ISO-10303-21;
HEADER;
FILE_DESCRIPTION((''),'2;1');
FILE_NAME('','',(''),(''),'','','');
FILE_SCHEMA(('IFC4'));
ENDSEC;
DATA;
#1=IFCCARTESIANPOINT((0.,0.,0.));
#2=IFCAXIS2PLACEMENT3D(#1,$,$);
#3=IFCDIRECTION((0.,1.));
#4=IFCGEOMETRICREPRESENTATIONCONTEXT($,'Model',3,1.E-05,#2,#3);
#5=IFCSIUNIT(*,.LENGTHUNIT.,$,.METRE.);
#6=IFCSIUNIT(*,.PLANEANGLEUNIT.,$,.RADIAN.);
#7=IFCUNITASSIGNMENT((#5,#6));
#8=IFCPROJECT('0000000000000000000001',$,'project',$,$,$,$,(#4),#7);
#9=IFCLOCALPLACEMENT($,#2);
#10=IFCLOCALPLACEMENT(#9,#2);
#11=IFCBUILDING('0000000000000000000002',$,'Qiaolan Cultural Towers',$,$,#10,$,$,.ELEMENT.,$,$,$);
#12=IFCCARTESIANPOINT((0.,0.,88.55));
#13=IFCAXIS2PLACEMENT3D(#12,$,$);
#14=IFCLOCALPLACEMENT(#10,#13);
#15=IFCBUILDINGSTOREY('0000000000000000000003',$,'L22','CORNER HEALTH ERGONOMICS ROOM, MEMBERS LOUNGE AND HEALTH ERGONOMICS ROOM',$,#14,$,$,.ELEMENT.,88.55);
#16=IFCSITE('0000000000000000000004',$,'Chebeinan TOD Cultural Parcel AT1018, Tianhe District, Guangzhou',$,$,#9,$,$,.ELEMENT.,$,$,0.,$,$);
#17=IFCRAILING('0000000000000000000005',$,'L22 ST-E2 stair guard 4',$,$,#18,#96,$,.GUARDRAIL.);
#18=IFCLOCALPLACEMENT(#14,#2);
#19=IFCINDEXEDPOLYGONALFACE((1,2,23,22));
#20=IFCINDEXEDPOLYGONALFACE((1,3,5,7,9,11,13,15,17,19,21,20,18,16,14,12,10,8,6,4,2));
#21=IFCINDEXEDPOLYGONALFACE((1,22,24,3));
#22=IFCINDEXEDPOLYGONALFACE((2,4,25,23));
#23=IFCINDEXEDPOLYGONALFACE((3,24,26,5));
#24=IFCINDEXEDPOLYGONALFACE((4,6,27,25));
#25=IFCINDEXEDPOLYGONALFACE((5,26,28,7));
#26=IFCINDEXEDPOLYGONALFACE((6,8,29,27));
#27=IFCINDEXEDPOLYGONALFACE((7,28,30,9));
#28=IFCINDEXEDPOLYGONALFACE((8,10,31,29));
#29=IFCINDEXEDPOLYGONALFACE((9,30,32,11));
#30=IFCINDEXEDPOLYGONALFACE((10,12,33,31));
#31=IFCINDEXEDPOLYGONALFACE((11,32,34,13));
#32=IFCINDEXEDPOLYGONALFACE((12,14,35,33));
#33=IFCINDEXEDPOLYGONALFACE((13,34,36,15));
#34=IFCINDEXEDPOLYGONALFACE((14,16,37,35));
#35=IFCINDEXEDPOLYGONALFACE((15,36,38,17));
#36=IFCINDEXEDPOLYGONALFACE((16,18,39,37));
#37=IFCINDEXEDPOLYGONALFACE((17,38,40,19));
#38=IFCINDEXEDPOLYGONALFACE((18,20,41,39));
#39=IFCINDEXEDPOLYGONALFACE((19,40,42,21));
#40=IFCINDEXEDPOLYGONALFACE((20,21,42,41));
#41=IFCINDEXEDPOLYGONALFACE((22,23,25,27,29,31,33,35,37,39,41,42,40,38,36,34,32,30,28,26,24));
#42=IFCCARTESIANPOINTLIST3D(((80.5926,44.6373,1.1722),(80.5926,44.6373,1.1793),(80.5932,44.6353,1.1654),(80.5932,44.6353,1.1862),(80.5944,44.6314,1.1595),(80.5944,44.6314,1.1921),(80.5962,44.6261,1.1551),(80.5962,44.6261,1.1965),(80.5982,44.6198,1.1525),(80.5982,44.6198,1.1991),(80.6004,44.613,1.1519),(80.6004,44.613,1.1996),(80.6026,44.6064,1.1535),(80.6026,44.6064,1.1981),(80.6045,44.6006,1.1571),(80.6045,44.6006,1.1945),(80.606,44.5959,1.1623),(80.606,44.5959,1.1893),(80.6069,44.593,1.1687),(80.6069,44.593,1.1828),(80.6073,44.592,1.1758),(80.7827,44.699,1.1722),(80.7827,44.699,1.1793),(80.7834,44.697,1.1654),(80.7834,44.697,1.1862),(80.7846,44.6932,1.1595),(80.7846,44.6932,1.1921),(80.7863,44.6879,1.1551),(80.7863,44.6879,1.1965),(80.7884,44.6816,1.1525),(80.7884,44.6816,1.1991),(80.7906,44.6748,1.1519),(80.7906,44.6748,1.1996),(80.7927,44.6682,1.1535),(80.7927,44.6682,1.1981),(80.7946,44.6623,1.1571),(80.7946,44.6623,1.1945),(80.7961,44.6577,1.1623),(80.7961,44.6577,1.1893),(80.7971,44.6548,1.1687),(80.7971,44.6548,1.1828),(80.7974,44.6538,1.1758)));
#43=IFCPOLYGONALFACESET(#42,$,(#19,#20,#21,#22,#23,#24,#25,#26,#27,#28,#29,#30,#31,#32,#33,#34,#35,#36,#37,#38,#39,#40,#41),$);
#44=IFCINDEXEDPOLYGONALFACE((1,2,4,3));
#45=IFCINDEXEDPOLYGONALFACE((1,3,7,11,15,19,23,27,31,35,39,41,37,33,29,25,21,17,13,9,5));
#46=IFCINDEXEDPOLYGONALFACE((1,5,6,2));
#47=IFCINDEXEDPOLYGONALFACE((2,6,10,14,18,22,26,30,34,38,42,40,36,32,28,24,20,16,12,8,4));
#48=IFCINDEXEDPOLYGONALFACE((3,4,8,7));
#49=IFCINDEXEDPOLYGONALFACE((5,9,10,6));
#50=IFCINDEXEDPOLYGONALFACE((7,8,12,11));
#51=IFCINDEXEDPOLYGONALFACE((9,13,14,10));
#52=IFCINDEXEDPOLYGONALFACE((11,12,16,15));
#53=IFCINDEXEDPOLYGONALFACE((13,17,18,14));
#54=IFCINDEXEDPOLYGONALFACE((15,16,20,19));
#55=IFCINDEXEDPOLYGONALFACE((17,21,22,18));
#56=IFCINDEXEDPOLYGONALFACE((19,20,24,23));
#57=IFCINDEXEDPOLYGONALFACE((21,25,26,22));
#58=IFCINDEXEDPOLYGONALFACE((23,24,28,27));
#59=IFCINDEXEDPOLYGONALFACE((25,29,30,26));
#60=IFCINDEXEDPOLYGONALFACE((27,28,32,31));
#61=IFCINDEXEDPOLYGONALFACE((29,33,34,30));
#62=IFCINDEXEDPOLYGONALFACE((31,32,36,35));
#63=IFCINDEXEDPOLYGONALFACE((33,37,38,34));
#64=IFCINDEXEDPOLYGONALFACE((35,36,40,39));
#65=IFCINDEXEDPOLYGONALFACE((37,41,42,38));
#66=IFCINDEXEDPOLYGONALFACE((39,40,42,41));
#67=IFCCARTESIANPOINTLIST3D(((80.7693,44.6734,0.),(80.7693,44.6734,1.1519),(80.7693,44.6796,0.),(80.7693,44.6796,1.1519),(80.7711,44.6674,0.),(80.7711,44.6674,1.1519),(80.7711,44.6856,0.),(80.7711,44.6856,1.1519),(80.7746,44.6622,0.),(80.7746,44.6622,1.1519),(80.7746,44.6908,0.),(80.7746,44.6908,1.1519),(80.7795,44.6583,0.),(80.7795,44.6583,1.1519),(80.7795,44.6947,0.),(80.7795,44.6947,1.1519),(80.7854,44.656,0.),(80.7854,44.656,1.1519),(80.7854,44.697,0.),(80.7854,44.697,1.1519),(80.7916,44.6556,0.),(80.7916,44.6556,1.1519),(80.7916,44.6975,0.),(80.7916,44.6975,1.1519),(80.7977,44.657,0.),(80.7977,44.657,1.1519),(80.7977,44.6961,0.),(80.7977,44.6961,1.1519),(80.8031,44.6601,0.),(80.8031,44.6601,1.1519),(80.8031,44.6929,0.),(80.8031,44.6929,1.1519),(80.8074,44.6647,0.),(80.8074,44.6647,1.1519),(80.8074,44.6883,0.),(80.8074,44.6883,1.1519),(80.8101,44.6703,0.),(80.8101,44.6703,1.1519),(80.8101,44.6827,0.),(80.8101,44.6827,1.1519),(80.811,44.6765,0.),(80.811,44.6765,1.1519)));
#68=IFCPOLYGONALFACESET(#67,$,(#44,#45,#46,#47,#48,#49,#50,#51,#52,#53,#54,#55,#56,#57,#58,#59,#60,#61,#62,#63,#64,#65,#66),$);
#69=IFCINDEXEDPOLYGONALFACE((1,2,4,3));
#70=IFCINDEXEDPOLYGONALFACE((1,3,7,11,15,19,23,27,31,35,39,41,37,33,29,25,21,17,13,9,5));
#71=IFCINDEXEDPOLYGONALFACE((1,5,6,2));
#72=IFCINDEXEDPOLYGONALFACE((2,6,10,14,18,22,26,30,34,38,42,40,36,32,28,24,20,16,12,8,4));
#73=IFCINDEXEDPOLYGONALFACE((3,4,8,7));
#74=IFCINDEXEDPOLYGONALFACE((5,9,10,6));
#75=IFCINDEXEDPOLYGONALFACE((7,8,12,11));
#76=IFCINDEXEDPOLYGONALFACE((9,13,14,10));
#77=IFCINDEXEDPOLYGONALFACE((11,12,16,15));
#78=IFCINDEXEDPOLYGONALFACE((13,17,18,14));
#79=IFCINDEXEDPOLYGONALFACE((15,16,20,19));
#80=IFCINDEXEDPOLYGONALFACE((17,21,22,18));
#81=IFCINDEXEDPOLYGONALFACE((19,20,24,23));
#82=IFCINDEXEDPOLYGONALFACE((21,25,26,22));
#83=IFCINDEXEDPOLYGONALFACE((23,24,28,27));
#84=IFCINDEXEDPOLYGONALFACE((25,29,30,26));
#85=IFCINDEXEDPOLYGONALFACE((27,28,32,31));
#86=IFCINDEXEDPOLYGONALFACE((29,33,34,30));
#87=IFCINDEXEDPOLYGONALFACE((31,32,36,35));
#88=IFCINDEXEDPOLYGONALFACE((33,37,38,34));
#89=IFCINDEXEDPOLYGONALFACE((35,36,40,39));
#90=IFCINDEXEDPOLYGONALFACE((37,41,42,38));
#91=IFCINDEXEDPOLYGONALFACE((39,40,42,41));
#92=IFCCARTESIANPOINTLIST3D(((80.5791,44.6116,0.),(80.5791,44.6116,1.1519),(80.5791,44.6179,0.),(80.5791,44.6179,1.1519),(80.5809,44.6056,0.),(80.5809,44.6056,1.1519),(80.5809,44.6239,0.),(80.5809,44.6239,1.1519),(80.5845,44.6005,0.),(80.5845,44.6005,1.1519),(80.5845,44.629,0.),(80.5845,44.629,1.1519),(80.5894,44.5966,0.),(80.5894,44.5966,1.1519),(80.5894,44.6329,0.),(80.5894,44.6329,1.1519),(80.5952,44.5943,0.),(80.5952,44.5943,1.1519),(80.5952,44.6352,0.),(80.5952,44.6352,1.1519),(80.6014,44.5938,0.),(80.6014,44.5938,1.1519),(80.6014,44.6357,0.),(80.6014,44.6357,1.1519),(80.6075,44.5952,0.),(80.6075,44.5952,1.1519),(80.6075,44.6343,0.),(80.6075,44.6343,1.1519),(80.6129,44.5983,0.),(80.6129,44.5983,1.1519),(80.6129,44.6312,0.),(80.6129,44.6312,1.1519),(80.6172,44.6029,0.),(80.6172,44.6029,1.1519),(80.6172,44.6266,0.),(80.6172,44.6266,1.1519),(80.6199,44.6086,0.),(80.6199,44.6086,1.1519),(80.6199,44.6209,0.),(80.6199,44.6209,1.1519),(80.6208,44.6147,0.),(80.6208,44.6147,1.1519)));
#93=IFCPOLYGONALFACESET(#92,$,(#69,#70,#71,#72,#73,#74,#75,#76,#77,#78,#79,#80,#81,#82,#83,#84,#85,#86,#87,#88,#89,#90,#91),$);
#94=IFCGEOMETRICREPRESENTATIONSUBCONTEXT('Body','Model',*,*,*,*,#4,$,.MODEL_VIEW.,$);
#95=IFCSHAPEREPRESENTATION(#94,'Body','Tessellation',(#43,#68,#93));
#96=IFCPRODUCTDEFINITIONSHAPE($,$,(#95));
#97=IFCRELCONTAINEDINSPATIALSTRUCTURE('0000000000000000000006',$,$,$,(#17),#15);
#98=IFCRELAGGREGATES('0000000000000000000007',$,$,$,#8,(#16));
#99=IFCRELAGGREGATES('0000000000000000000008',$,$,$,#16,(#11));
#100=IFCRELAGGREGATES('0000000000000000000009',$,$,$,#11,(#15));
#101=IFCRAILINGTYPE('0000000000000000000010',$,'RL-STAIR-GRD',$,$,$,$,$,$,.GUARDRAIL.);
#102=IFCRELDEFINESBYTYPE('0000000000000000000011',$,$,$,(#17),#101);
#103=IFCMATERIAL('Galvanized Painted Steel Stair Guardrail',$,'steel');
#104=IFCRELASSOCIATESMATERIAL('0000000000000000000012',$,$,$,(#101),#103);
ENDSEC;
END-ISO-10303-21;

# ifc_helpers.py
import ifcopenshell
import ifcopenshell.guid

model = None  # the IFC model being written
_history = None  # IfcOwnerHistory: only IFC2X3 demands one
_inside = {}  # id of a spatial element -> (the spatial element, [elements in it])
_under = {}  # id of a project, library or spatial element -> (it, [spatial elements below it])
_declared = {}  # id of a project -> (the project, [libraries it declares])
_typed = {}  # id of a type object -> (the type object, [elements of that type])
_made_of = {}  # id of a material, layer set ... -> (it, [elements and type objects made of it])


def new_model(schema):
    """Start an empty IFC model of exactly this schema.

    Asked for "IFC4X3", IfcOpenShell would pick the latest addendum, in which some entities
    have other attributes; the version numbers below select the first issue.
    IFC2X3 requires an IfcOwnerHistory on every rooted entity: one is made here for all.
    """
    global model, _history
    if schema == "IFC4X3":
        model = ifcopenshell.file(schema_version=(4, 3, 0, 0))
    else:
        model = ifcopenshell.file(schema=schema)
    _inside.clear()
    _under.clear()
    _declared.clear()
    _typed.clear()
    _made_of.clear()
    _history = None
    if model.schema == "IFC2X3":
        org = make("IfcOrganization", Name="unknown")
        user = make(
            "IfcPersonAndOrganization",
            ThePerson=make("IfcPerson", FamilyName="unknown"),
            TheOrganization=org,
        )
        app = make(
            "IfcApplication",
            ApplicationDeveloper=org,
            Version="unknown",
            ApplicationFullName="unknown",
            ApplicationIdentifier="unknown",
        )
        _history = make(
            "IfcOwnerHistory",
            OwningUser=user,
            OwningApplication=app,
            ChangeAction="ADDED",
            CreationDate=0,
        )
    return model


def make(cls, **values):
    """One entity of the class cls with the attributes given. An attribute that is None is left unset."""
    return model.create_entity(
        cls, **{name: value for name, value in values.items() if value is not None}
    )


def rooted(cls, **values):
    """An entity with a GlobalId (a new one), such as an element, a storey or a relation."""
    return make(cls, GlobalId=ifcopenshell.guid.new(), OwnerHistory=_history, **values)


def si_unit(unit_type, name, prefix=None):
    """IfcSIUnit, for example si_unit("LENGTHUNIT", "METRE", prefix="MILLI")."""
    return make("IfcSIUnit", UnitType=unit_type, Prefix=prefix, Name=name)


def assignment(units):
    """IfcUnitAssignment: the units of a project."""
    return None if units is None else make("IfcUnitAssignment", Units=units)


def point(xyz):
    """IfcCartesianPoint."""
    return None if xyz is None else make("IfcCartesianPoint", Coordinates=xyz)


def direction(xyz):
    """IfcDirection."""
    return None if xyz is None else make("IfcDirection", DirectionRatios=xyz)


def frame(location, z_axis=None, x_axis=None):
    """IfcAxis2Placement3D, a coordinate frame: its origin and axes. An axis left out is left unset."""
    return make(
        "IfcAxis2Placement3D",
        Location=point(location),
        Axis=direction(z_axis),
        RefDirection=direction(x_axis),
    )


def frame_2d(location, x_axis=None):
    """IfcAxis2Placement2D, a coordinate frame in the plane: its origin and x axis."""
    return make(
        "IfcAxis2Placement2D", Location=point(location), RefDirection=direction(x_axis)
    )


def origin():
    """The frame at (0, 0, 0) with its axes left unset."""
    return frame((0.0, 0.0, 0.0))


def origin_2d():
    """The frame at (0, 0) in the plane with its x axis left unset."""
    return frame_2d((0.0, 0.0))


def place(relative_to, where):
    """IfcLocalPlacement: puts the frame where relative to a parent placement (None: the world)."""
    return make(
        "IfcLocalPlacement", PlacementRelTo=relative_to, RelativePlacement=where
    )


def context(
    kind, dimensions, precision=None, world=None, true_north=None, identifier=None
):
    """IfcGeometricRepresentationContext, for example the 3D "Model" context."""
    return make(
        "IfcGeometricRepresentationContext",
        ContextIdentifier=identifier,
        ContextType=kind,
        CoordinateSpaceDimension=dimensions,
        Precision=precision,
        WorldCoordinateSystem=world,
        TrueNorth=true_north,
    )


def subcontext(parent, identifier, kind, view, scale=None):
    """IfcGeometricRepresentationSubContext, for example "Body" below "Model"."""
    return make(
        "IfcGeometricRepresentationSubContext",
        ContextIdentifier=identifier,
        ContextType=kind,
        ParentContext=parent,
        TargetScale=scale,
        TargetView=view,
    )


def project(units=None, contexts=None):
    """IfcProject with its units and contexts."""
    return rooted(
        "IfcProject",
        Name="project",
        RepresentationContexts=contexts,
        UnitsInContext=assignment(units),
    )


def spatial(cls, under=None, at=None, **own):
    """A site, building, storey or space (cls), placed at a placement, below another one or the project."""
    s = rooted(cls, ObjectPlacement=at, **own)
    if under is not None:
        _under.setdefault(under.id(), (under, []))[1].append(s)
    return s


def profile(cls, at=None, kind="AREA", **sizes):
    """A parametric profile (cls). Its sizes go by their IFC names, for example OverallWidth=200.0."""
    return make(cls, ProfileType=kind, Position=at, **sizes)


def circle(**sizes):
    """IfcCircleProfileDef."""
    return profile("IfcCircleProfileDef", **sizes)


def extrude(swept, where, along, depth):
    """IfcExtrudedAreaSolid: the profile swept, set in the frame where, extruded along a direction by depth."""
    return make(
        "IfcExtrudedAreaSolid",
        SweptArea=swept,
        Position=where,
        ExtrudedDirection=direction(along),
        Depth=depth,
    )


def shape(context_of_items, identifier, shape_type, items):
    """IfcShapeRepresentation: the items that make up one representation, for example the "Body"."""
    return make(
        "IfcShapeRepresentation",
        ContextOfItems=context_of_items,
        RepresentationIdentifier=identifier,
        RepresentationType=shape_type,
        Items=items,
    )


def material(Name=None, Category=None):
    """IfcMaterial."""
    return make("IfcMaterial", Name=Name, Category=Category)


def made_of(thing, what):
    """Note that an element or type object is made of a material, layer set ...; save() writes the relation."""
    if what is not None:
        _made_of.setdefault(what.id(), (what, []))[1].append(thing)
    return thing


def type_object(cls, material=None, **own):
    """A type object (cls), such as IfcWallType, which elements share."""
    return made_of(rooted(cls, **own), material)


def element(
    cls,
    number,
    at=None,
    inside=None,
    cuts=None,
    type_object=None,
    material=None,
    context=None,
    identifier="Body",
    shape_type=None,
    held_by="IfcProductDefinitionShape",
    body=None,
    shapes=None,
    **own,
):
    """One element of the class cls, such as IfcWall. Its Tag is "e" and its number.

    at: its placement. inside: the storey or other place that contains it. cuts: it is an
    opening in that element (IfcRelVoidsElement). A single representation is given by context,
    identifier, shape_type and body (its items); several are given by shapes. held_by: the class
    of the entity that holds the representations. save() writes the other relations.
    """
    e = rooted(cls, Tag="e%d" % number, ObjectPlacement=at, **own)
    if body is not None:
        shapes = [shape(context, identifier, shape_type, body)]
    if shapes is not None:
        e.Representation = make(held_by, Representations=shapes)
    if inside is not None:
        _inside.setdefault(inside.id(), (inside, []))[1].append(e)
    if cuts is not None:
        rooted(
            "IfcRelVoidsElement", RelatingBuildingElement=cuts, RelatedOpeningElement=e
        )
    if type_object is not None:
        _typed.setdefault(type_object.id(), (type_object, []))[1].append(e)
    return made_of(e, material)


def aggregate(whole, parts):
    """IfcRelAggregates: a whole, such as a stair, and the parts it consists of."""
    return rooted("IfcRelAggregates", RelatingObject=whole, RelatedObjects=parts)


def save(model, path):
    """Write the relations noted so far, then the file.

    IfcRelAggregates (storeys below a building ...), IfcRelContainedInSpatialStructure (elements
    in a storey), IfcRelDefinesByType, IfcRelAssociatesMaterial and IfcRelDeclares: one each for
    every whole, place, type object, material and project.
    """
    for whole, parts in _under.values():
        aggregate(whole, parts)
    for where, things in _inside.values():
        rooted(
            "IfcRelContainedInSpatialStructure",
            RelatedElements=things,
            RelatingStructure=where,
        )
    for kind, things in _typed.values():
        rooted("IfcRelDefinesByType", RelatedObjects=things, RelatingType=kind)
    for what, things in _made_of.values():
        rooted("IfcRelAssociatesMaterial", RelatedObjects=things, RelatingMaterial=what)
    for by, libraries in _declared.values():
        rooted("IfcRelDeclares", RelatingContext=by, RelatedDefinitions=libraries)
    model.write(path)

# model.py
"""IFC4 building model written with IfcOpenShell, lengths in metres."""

from ifc_helpers import new_model, si_unit, direction, frame, origin, origin_2d, place, context, subcontext, project, spatial, circle, extrude, material, type_object, element, save


model = new_model("IFC4")

# Units and contexts
model_context = context("Model", 3, precision=1e-05, world=origin(), true_north=direction((0.0, 1.0)))
body_context = subcontext(model_context, "Body", "Model", "MODEL_VIEW")
ifc_project = project(units=[si_unit("LENGTHUNIT", "METRE"), si_unit("PLANEANGLEUNIT", "RADIAN")], contexts=[model_context])

# Site, building, storey
site_placement = place(None, origin())
site = spatial("IfcSite", under=ifc_project, at=site_placement, Name="Chebeinan TOD Cultural Parcel AT1018, Tianhe District, Guangzhou", CompositionType="ELEMENT", RefElevation=0.0)
building_placement = place(site_placement, origin())
building = spatial("IfcBuilding", under=site, at=building_placement, Name="Qiaolan Cultural Towers", CompositionType="ELEMENT")
storey_placement = place(building_placement, frame((0.0, 0.0, 88.55)))
storey = spatial("IfcBuildingStorey", under=building, at=storey_placement, Name="L22", Description="CORNER HEALTH ERGONOMICS ROOM, MEMBERS LOUNGE AND HEALTH ERGONOMICS ROOM", CompositionType="ELEMENT", Elevation=88.55)

# Railing
ifc_material_1 = material(Name="Galvanized Painted Steel Stair Guardrail", Category="steel")
railing_type_1 = type_object("IfcRailingType", Name="RL-STAIR-GRD", PredefinedType="GUARDRAIL", material=ifc_material_1)
railing_1_placement = place(storey_placement, frame((80.79, 44.6765, 0.0)))
element("IfcRailing", 1, at=railing_1_placement, inside=storey, type_object=railing_type_1, Name="L22 ST-E2 stair guard 4", PredefinedType="GUARDRAIL", context=body_context, shape_type="SweptSolid", body=[
    extrude(circle(Radius=0.0239, at=origin_2d()), frame((0.0, 0.0, 1.1758), z_axis=(-0.951097, -0.308893, 0.0), x_axis=(0.308893, -0.951097, 0.0)), (0.0, 0.0, 1.0), 0.2),
    extrude(circle(Radius=0.021, at=origin_2d()), origin(), (0.0, 0.0, 1.0), 1.1519),
    extrude(circle(Radius=0.021, at=origin_2d()), frame((-0.1902, -0.0618, 0.0)), (0.0, 0.0, 1.0), 1.1519),
])

save(model, "model.ifc")
